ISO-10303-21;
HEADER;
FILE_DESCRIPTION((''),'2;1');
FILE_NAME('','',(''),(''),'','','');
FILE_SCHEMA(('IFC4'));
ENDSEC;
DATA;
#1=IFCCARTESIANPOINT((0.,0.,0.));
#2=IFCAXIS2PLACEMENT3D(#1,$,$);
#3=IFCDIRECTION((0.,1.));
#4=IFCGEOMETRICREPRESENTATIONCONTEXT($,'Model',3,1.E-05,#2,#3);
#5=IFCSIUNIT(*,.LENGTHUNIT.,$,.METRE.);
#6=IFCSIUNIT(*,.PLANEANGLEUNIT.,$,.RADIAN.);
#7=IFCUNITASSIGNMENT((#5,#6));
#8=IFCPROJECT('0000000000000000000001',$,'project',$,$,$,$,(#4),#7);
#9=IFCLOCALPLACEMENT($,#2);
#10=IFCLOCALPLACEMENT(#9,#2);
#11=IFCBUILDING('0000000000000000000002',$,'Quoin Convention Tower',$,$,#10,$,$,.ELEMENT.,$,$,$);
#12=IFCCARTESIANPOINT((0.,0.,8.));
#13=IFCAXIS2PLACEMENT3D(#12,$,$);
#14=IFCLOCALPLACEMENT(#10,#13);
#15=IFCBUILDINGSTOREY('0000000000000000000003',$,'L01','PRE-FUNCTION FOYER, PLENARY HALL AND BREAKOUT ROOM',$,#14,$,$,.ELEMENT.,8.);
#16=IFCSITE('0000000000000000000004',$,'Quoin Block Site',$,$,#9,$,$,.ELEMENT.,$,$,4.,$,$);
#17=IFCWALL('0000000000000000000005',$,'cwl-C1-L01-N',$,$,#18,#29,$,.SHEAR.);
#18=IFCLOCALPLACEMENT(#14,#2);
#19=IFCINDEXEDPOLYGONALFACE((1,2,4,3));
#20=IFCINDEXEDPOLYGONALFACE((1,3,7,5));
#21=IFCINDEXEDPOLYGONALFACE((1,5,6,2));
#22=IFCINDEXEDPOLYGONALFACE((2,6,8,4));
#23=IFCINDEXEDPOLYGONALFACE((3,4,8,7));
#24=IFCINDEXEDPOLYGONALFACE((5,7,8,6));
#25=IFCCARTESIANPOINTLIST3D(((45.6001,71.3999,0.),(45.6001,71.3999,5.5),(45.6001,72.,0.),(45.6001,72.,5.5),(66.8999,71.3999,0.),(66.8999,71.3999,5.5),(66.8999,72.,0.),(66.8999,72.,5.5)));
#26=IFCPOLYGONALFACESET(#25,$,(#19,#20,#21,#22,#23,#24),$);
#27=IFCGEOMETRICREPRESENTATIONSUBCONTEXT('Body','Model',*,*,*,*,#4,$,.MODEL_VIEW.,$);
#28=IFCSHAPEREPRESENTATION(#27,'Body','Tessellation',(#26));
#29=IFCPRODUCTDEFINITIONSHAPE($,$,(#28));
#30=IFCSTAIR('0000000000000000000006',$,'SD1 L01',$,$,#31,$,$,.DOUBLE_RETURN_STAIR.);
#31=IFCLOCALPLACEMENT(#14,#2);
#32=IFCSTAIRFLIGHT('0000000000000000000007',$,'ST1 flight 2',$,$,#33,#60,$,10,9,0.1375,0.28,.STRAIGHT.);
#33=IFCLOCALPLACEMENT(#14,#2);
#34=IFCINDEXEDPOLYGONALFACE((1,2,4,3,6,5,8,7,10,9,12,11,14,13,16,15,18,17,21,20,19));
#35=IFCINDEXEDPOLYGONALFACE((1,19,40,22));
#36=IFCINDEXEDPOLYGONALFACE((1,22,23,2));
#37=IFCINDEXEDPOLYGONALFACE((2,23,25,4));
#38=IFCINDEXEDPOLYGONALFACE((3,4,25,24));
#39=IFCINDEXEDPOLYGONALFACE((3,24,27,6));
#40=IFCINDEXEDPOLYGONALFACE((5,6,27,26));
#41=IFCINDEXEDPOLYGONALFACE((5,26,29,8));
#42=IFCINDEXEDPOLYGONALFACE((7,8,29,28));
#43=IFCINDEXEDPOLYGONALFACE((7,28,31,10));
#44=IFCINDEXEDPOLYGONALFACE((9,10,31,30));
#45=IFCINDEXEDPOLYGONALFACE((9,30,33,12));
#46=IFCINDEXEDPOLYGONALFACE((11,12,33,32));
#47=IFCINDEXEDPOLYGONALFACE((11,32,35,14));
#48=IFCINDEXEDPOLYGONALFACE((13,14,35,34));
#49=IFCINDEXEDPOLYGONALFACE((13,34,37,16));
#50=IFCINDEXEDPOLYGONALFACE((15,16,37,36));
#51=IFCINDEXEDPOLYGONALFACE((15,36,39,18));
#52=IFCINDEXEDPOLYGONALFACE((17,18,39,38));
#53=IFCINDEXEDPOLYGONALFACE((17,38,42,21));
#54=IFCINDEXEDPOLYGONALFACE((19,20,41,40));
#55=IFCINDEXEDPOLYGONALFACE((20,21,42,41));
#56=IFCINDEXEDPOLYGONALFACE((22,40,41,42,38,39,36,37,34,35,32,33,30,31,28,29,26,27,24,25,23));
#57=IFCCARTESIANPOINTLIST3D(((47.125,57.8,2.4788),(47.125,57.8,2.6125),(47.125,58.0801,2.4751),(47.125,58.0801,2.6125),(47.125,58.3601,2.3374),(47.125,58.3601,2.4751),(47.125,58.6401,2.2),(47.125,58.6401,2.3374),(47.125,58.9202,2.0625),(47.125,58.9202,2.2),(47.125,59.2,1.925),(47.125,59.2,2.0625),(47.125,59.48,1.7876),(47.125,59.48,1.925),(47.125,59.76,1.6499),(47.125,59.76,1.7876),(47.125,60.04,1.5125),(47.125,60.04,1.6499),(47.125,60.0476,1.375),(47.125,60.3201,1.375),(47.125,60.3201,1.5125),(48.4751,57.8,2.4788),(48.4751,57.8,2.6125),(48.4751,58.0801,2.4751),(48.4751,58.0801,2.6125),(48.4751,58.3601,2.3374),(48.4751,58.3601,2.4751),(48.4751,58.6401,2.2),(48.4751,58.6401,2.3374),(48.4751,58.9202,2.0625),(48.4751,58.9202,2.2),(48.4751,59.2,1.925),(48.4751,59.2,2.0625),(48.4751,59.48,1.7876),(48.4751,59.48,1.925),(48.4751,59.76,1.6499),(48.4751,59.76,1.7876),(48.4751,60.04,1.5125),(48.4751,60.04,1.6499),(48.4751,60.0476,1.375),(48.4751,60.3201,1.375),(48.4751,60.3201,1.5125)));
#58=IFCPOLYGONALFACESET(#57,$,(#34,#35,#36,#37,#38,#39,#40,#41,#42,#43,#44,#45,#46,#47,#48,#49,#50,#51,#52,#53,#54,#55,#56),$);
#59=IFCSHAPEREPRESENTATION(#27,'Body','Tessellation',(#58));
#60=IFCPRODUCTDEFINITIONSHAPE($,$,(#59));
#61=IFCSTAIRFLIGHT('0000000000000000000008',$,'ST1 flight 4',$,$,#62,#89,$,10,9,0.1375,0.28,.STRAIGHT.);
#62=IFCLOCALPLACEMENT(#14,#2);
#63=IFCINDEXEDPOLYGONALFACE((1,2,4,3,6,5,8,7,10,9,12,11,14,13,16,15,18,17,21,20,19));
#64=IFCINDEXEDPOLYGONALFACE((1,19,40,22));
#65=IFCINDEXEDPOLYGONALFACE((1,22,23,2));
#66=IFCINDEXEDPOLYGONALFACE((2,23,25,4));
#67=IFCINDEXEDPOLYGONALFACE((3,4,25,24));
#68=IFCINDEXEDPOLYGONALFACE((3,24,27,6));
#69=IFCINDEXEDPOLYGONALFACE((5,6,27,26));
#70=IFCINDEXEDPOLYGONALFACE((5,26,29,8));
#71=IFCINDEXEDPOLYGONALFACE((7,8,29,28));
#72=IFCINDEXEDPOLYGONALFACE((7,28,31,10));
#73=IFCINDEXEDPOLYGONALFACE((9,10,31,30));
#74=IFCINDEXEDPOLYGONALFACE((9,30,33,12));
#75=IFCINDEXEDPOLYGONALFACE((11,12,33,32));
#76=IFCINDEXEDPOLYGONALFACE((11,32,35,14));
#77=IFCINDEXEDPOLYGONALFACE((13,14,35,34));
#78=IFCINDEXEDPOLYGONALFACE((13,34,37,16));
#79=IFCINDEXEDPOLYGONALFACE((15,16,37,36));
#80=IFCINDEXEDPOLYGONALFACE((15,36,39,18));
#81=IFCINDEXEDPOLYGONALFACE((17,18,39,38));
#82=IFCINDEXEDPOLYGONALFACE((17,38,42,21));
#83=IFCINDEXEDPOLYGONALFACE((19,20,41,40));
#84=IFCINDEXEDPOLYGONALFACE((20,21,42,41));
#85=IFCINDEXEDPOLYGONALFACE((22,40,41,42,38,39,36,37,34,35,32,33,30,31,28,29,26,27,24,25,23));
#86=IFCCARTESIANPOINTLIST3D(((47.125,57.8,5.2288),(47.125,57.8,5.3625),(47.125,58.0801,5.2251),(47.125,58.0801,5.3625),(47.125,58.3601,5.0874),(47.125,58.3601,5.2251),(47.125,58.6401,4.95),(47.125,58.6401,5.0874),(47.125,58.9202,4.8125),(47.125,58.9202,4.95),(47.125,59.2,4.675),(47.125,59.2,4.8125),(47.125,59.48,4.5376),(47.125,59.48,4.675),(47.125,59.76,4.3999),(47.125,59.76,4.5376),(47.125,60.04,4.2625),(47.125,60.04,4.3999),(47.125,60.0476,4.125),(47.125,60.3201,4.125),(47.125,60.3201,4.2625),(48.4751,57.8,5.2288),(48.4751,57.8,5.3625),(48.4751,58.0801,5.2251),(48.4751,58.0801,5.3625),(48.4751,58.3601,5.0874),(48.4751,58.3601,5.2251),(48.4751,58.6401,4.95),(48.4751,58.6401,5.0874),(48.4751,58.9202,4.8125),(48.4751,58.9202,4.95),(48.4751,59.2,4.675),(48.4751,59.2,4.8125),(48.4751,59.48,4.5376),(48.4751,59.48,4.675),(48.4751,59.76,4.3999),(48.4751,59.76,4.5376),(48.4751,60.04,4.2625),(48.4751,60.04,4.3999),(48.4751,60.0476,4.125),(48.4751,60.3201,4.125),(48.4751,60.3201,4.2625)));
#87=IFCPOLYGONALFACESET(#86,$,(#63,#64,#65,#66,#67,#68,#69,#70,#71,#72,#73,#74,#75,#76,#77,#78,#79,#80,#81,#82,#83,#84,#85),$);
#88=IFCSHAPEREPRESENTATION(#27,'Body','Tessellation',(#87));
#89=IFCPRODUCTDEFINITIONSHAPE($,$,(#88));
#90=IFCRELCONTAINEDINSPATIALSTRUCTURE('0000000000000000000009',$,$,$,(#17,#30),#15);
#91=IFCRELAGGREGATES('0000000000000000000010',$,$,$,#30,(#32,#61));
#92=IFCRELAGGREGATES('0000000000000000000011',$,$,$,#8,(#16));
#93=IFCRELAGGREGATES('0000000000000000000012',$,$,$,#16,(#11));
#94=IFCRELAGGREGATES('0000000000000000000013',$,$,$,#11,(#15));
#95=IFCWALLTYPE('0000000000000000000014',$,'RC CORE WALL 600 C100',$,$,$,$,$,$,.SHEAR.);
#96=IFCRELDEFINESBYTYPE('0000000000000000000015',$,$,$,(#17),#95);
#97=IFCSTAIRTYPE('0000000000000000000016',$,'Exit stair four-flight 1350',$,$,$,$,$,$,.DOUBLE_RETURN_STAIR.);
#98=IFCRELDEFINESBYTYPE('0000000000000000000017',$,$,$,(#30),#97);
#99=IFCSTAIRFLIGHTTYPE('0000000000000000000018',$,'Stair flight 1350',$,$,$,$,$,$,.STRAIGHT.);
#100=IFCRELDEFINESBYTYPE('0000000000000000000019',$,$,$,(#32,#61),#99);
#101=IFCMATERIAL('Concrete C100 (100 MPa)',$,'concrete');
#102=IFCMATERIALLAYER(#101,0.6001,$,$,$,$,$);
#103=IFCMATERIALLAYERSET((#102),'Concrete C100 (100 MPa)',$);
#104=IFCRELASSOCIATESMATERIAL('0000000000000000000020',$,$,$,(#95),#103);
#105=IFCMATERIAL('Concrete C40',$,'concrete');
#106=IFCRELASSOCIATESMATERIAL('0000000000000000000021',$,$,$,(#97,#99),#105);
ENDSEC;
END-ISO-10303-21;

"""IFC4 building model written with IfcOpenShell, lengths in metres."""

from ifc_helpers import new_model, si_unit, direction, frame, frame_2d, origin, place, context, subcontext, project, spatial, polyline, rectangle, outline, extrude, material, layer, layer_set, type_object, element, aggregate, save


model = new_model("IFC4")

# Units and contexts
model_context = context("Model", 3, precision=1e-05, world=origin(), true_north=direction((0.0, 1.0)))
body_context = subcontext(model_context, "Body", "Model", "MODEL_VIEW")
ifc_project = project(units=[si_unit("LENGTHUNIT", "METRE"), si_unit("PLANEANGLEUNIT", "RADIAN")], contexts=[model_context])

# Site, building, storey
site_placement = place(None, origin())
site = spatial("IfcSite", under=ifc_project, at=site_placement, Name="Quoin Block Site", CompositionType="ELEMENT", RefElevation=4.0)
building_placement = place(site_placement, origin())
building = spatial("IfcBuilding", under=site, at=building_placement, Name="Quoin Convention Tower", CompositionType="ELEMENT")
storey_placement = place(building_placement, frame((0.0, 0.0, 8.0)))
storey = spatial("IfcBuildingStorey", under=building, at=storey_placement, Name="L01", Description="PRE-FUNCTION FOYER, PLENARY HALL AND BREAKOUT ROOM", CompositionType="ELEMENT", Elevation=8.0)

# Wall
ifc_material_1 = material(Name="Concrete C100 (100 MPa)", Category="concrete")
ifc_layer_1 = layer(ifc_material_1, 0.6001)
ifc_layer_set_1 = layer_set([ifc_layer_1], Name="Concrete C100 (100 MPa)")
wall_type_1 = type_object("IfcWallType", Name="RC CORE WALL 600 C100", PredefinedType="SHEAR", material=ifc_layer_set_1)
wall_1_placement = place(storey_placement, frame((45.6001, 71.7, 0.0), z_axis=(0.0, 0.0, 1.0), x_axis=(1.0, 0.0, 0.0)))
element("IfcWall", 1, at=wall_1_placement, inside=storey, type_object=wall_type_1, Name="cwl-C1-L01-N", PredefinedType="SHEAR", context=body_context, shape_type="SweptSolid", body=[
    extrude(rectangle(XDim=21.2998, YDim=0.6001, at=frame_2d((10.6499, 0.0))), origin(), (0.0, 0.0, 1.0), 5.5),
])

# Stair, stair flights
ifc_material_2 = material(Name="Concrete C40", Category="concrete")
stair_type = type_object("IfcStairType", Name="Exit stair four-flight 1350", PredefinedType="DOUBLE_RETURN_STAIR", material=ifc_material_2)
stair_placement = place(storey_placement, origin())
stair = element("IfcStair", 2, at=stair_placement, inside=storey, type_object=stair_type, Name="SD1 L01", PredefinedType="DOUBLE_RETURN_STAIR")
stair_flight_type = type_object("IfcStairFlightType", Name="Stair flight 1350", PredefinedType="STRAIGHT", material=ifc_material_2)
stair_flight_1_placement = place(storey_placement, frame((47.8, 60.3201, 1.375), z_axis=(0.0, 0.0, 1.0), x_axis=(0.0, -1.0, 0.0)))
stair_flight_1 = element("IfcStairFlight", 3, at=stair_flight_1_placement, type_object=stair_flight_type, Name="ST1 flight 2", NumberOfRisers=10, NumberOfTreads=9, PredefinedType="STRAIGHT", RiserHeight=0.1375, TreadLength=0.28, context=body_context, shape_type="SweptSolid", body=[
    extrude(outline(polyline([(0.0, 0.0), (0.0, 0.1375), (0.28, 0.1375), (0.28, 0.2749), (0.5601, 0.2749), (0.5601, 0.4126), (0.8401, 0.4126), (0.8401, 0.55), (1.1201, 0.55), (1.1201, 0.6875), (1.3999, 0.6875), (1.3999, 0.825), (1.6799, 0.825), (1.6799, 0.9624), (1.96, 0.9624), (1.96, 1.1001), (2.24, 1.1001), (2.24, 1.2375), (2.52, 1.2375), (2.52, 1.375), (2.52, 1.1038), (0.2725, 0.0), (0.0, 0.0)])), frame((0.0, 0.675, 0.0), z_axis=(0.0, -1.0, 0.0), x_axis=(1.0, 0.0, 0.0)), (0.0, 0.0, 1.0), 1.3501),
])
stair_flight_2_placement = place(storey_placement, frame((47.8, 60.3201, 4.125), z_axis=(0.0, 0.0, 1.0), x_axis=(0.0, -1.0, 0.0)))
stair_flight_2 = element("IfcStairFlight", 4, at=stair_flight_2_placement, type_object=stair_flight_type, Name="ST1 flight 4", NumberOfRisers=10, NumberOfTreads=9, PredefinedType="STRAIGHT", RiserHeight=0.1375, TreadLength=0.28, context=body_context, shape_type="SweptSolid", body=[
    extrude(outline(polyline([(0.0, 0.0), (0.0, 0.1375), (0.28, 0.1375), (0.28, 0.2749), (0.5601, 0.2749), (0.5601, 0.4126), (0.8401, 0.4126), (0.8401, 0.55), (1.1201, 0.55), (1.1201, 0.6875), (1.3999, 0.6875), (1.3999, 0.825), (1.6799, 0.825), (1.6799, 0.9624), (1.96, 0.9624), (1.96, 1.1001), (2.24, 1.1001), (2.24, 1.2375), (2.52, 1.2375), (2.52, 1.375), (2.52, 1.1038), (0.2725, 0.0), (0.0, 0.0)])), frame((0.0, 0.675, 0.0), z_axis=(0.0, -1.0, 0.0), x_axis=(1.0, 0.0, 0.0)), (0.0, 0.0, 1.0), 1.3501),
])
aggregate(stair, [stair_flight_1, stair_flight_2])

save(model, "model.ifc")
